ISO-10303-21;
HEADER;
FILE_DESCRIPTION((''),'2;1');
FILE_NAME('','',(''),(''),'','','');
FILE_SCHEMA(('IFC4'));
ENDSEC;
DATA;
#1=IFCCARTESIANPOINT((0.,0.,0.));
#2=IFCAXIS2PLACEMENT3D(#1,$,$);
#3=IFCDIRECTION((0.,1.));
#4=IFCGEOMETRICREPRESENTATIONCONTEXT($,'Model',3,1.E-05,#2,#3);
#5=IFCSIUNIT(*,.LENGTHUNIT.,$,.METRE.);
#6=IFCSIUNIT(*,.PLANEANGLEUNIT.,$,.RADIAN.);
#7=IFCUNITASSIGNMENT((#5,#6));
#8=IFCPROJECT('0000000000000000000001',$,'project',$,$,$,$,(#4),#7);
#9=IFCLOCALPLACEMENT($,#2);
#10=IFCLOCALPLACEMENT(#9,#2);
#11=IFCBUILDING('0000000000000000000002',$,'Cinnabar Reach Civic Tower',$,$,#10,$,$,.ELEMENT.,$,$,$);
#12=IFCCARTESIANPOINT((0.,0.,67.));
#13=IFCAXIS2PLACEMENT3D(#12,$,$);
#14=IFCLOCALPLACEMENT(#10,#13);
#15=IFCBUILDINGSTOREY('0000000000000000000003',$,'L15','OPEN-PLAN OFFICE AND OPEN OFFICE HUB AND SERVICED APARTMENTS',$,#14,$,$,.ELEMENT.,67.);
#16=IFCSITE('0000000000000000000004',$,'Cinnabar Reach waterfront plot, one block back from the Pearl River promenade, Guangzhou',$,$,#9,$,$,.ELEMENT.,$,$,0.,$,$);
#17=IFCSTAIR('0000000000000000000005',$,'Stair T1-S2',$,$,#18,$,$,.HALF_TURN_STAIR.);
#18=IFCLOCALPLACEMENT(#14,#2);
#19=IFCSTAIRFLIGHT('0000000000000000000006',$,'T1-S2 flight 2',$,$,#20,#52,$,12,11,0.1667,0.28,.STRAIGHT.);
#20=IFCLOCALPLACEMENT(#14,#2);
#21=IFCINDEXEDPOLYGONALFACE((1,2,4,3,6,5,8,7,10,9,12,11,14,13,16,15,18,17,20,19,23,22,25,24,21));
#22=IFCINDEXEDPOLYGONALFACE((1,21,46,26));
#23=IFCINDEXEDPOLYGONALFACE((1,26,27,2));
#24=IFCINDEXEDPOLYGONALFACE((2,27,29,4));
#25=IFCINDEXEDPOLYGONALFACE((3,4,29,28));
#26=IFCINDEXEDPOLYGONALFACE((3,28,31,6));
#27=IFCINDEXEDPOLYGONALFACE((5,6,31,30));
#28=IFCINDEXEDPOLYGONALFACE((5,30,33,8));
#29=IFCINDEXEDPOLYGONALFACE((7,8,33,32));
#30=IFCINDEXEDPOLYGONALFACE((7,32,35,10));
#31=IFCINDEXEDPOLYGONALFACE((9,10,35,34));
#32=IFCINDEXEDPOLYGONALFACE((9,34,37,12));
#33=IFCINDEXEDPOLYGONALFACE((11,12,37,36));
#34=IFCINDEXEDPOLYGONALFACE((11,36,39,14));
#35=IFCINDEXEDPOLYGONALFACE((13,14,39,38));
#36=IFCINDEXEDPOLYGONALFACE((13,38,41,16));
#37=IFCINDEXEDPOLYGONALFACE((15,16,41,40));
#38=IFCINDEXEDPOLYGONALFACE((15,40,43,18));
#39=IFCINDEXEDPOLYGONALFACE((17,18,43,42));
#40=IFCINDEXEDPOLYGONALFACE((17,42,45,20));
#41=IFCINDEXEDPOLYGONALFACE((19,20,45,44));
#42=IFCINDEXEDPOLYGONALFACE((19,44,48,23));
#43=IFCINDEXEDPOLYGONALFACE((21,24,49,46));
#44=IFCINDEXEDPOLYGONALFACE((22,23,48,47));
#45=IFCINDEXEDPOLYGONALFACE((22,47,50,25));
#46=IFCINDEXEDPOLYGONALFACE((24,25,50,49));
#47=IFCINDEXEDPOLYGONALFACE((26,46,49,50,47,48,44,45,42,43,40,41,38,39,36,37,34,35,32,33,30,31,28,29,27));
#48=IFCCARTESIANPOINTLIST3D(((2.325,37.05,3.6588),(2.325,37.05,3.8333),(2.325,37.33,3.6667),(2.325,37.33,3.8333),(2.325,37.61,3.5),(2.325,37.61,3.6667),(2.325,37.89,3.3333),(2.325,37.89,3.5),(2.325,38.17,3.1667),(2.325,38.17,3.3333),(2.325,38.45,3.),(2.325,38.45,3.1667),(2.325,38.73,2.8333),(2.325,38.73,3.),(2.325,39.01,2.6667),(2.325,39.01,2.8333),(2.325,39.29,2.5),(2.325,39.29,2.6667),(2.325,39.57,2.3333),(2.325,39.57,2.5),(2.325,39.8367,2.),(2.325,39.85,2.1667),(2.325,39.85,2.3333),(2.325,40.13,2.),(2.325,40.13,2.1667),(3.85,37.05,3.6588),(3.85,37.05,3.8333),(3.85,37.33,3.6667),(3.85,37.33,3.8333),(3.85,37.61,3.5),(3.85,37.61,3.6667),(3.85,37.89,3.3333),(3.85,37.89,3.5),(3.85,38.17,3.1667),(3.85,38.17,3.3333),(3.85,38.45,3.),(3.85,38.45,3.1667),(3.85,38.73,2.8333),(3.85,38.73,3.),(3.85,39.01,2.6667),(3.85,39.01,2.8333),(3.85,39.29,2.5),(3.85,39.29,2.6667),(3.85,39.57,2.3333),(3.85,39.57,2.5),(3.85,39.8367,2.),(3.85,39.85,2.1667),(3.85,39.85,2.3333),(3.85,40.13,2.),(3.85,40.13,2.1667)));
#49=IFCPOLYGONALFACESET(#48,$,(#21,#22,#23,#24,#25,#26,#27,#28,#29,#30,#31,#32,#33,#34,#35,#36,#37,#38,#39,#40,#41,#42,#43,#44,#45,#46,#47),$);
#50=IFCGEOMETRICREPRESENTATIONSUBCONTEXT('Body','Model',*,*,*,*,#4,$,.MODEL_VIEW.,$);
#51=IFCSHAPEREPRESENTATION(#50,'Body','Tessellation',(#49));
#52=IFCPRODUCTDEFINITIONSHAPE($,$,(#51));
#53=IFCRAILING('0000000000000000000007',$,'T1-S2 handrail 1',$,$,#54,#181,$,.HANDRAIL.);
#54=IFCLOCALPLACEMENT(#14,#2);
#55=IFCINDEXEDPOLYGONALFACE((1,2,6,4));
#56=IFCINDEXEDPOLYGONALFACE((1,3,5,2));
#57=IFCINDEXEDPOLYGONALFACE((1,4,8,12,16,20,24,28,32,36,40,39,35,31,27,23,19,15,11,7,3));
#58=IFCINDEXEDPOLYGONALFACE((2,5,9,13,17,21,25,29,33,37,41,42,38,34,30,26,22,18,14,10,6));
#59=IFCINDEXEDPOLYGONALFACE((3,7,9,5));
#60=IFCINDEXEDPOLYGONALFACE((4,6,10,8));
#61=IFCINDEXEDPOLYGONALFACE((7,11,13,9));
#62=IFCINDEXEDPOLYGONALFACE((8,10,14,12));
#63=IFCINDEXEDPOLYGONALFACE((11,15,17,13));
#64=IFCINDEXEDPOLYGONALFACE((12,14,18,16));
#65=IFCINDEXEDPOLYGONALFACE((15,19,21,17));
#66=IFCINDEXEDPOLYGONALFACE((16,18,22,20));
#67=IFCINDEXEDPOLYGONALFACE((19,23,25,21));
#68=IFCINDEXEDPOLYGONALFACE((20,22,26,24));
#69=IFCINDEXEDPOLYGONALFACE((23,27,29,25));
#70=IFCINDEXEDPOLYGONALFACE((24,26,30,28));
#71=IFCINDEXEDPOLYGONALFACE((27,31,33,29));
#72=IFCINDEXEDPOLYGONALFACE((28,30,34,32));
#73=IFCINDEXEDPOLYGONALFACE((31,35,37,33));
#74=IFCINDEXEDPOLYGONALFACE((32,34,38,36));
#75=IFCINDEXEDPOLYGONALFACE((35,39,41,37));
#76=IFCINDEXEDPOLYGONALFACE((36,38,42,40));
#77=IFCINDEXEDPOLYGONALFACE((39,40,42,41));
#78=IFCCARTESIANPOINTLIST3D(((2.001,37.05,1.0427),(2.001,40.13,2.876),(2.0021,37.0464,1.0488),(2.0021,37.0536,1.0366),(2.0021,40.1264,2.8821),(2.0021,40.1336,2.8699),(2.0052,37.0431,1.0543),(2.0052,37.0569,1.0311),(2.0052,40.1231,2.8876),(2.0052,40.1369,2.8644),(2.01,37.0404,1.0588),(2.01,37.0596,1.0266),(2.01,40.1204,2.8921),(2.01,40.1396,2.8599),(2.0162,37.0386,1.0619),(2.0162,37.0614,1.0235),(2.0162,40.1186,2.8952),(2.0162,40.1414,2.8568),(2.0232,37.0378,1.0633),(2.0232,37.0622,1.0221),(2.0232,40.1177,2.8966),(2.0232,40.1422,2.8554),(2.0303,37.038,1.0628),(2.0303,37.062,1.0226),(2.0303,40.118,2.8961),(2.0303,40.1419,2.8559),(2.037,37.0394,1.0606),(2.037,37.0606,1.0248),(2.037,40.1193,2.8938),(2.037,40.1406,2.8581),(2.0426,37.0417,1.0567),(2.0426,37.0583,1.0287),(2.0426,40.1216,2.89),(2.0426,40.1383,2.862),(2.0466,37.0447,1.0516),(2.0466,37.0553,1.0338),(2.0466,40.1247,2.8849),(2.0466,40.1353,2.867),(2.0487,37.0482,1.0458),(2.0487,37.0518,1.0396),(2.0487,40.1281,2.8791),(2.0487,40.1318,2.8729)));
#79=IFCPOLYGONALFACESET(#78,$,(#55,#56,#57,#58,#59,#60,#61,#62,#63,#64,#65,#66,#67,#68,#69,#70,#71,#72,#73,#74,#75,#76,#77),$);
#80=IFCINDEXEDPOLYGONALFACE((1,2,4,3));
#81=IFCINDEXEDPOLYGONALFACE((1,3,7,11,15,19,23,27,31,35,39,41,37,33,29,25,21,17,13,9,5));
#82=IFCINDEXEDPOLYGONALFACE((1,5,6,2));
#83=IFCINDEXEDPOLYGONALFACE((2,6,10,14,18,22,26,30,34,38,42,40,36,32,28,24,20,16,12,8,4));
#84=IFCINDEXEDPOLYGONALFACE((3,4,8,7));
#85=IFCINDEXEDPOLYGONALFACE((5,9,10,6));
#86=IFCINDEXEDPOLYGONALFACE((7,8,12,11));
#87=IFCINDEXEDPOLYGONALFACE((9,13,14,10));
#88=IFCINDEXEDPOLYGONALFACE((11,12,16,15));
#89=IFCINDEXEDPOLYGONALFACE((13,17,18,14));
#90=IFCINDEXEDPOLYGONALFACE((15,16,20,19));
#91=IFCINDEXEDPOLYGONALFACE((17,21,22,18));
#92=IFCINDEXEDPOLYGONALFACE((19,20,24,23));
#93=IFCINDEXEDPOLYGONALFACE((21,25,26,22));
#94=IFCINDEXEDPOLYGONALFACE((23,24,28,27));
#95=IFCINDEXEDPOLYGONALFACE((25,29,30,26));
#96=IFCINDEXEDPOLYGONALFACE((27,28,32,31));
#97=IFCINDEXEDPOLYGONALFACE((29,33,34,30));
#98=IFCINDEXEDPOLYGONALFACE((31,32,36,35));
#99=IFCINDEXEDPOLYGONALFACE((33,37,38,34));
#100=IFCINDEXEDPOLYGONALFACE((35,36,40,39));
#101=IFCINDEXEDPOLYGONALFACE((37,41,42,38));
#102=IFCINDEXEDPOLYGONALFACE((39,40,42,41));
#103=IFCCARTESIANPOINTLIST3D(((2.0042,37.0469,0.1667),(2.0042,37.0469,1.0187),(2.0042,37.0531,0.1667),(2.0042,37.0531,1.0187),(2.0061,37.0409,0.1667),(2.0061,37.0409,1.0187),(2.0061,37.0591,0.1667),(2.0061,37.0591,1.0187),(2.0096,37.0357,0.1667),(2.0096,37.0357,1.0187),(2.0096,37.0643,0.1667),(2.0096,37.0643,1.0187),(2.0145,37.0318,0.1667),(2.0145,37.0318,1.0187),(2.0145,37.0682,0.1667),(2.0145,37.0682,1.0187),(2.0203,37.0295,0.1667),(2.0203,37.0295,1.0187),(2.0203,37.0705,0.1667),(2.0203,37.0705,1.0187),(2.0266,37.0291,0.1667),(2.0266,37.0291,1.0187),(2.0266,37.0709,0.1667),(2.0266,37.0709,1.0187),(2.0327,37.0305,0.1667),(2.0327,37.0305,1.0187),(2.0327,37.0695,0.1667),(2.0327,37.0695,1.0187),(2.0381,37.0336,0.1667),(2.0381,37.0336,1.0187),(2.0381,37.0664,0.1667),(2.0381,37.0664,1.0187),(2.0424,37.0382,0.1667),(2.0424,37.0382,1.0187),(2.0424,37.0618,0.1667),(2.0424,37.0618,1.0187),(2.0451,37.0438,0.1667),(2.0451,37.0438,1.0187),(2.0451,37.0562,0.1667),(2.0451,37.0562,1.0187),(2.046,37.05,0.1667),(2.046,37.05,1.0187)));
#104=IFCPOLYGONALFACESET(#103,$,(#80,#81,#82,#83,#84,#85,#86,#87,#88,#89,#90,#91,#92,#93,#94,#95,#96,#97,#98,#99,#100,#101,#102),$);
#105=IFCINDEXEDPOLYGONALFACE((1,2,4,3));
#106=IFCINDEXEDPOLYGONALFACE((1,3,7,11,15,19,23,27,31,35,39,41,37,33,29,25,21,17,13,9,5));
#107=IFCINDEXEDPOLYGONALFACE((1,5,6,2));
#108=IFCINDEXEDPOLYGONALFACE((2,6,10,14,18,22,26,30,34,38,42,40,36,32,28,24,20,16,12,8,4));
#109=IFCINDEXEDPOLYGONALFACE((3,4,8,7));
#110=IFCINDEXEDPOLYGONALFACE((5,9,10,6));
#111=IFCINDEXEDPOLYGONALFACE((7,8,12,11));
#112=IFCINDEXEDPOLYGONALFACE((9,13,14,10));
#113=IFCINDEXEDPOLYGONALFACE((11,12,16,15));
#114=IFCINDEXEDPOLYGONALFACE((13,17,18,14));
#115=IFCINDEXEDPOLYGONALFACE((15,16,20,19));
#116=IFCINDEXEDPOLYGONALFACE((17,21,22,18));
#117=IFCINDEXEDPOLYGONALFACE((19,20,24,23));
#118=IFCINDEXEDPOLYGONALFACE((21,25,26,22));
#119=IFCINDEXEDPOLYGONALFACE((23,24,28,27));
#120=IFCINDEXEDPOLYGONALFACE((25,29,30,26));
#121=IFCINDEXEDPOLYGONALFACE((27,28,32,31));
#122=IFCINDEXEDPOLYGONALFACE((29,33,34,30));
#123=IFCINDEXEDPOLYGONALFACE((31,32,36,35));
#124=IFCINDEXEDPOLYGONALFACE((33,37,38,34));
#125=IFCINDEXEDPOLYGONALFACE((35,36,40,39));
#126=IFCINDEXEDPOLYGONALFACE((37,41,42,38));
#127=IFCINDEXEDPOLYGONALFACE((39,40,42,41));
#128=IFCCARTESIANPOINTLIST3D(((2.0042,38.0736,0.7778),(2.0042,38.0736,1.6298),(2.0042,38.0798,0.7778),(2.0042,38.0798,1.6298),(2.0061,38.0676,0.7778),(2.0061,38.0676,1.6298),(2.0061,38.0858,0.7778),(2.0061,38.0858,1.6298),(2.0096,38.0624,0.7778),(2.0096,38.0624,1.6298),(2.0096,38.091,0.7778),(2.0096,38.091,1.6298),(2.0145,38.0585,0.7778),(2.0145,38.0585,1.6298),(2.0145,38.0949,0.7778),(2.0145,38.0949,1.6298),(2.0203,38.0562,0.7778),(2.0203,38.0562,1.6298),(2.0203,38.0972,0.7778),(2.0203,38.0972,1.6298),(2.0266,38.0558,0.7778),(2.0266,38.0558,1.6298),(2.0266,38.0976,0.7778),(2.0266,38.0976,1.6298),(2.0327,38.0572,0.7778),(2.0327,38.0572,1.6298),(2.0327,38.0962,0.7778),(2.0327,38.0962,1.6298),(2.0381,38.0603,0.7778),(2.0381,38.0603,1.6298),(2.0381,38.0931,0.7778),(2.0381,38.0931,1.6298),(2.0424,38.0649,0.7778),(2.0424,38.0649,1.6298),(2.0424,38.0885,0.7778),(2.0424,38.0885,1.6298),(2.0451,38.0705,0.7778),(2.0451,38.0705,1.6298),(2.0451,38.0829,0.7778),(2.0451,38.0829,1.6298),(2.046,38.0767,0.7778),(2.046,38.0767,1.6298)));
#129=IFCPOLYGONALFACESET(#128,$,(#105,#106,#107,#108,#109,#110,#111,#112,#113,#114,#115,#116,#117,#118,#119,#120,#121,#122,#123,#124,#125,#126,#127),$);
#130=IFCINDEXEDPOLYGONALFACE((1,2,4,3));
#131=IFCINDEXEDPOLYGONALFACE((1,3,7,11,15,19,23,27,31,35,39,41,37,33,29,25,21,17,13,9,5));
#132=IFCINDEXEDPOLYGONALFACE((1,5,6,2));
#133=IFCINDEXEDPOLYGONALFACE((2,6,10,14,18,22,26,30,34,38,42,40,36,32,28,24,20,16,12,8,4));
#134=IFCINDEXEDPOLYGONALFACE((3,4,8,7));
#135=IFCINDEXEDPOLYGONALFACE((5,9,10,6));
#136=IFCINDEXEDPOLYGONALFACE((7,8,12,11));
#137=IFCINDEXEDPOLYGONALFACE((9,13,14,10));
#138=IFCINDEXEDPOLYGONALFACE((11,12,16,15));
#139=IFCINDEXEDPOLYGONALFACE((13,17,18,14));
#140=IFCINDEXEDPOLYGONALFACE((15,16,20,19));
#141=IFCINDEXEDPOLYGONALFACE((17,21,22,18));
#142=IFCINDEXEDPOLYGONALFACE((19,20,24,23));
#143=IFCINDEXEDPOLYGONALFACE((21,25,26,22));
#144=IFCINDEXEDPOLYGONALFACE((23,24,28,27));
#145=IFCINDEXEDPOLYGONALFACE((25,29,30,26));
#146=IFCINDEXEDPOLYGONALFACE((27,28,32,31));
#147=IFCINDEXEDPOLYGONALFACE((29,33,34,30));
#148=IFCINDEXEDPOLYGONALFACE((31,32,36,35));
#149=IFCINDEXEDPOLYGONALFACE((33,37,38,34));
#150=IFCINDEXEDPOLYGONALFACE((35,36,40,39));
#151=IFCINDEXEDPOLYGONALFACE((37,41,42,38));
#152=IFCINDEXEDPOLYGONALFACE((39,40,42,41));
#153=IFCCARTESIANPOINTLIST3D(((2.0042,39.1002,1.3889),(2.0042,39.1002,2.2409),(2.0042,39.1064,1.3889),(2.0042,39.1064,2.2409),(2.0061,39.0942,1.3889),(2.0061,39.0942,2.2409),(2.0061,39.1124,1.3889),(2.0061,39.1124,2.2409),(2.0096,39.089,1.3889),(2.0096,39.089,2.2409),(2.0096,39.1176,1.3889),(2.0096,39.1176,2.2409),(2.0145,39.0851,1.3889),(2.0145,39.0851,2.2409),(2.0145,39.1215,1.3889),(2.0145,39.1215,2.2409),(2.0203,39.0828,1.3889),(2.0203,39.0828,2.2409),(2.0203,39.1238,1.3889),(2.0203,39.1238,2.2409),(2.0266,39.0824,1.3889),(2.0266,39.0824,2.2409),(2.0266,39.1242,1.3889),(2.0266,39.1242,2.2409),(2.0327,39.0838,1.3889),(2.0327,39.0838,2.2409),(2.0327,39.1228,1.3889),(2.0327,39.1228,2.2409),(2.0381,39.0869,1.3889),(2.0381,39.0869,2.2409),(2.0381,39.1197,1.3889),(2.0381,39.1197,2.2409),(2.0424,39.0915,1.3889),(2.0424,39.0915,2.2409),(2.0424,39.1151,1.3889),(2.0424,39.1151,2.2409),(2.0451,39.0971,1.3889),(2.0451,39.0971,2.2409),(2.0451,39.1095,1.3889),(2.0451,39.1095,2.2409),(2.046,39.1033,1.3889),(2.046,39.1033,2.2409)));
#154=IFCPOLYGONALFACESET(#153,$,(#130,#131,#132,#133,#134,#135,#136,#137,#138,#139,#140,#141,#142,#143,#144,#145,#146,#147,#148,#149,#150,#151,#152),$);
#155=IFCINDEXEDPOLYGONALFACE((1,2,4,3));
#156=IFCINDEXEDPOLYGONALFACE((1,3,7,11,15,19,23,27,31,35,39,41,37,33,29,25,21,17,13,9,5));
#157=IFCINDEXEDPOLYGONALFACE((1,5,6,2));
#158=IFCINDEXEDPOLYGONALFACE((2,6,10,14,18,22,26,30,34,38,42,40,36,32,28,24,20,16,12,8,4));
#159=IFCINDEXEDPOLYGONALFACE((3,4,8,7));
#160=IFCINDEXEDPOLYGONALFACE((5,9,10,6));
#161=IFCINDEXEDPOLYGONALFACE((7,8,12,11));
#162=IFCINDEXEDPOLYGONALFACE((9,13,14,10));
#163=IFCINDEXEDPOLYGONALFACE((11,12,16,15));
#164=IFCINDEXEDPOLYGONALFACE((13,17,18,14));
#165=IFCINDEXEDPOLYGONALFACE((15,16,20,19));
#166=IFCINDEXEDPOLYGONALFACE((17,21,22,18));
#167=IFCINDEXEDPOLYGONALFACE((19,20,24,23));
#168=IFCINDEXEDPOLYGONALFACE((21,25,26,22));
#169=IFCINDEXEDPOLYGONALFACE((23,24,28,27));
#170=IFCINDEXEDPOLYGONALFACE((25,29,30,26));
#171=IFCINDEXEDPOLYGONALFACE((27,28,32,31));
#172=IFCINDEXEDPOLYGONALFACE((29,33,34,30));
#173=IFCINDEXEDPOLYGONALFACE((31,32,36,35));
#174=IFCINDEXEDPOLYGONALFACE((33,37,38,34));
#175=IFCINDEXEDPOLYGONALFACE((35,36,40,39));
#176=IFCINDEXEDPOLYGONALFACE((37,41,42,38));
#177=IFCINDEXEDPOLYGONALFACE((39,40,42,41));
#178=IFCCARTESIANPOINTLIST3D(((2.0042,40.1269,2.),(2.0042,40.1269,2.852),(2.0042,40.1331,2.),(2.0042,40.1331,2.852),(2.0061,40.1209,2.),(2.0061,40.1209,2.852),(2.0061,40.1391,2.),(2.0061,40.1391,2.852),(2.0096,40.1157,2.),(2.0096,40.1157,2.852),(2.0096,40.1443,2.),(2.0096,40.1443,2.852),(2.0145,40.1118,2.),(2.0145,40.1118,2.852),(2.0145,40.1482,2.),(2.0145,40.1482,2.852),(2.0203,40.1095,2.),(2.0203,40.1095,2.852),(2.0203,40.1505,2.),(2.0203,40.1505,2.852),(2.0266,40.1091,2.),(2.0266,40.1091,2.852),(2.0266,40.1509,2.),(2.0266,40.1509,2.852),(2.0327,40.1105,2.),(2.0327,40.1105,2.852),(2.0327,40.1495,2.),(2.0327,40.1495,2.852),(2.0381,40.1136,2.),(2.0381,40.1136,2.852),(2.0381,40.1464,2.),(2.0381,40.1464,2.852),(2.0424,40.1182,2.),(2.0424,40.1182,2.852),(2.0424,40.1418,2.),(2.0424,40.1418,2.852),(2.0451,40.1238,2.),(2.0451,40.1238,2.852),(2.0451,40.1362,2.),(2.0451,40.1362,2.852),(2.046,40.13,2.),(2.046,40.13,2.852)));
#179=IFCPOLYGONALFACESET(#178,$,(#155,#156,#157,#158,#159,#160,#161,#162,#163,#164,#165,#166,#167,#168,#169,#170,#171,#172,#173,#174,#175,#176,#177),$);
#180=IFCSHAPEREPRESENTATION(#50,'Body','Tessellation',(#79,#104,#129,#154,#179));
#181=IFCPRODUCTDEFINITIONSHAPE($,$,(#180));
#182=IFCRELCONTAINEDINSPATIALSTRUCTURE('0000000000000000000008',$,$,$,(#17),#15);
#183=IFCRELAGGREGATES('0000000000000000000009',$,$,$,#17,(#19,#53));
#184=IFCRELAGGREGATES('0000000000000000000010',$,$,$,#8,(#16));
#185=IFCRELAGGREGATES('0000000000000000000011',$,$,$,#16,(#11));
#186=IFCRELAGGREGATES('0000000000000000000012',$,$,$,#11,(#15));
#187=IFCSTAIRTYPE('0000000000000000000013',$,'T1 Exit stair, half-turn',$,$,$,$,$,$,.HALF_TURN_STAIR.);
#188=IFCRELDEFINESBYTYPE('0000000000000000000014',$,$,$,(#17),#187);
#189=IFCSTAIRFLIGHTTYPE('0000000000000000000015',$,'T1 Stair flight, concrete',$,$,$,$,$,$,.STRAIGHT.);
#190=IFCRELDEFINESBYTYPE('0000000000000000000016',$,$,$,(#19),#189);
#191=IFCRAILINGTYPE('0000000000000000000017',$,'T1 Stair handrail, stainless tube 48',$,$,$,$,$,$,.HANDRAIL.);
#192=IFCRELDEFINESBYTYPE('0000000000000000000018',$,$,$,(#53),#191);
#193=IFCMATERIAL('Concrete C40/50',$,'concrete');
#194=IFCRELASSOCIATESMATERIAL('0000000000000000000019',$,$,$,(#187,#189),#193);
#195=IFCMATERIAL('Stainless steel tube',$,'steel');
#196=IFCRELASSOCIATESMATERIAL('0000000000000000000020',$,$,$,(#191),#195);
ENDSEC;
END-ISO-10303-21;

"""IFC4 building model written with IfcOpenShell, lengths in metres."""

from ifc_helpers import new_model, si_unit, direction, frame, origin, origin_2d, place, context, subcontext, project, spatial, polyline, circle, outline, extrude, material, type_object, element, aggregate, save


model = new_model("IFC4")

# Units and contexts
model_context = context("Model", 3, precision=1e-05, world=origin(), true_north=direction((0.0, 1.0)))
body_context = subcontext(model_context, "Body", "Model", "MODEL_VIEW")
ifc_project = project(units=[si_unit("LENGTHUNIT", "METRE"), si_unit("PLANEANGLEUNIT", "RADIAN")], contexts=[model_context])

# Site, building, storey
site_placement = place(None, origin())
site = spatial("IfcSite", under=ifc_project, at=site_placement, Name="Cinnabar Reach waterfront plot, one block back from the Pearl River promenade, Guangzhou", CompositionType="ELEMENT", RefElevation=0.0)
building_placement = place(site_placement, origin())
building = spatial("IfcBuilding", under=site, at=building_placement, Name="Cinnabar Reach Civic Tower", CompositionType="ELEMENT")
storey_placement = place(building_placement, frame((0.0, 0.0, 67.0)))
storey = spatial("IfcBuildingStorey", under=building, at=storey_placement, Name="L15", Description="OPEN-PLAN OFFICE AND OPEN OFFICE HUB AND SERVICED APARTMENTS", CompositionType="ELEMENT", Elevation=67.0)

# Stair, stair flight, railing
ifc_material_1 = material(Name="Concrete C40/50", Category="concrete")
stair_type = type_object("IfcStairType", Name="T1 Exit stair, half-turn", PredefinedType="HALF_TURN_STAIR", material=ifc_material_1)
stair_placement = place(storey_placement, origin())
stair = element("IfcStair", 1, at=stair_placement, inside=storey, type_object=stair_type, Name="Stair T1-S2", PredefinedType="HALF_TURN_STAIR")
stair_flight_type = type_object("IfcStairFlightType", Name="T1 Stair flight, concrete", PredefinedType="STRAIGHT", material=ifc_material_1)
stair_flight_1_placement = place(storey_placement, frame((3.0875, 40.13, 2.0), z_axis=(0.0, 0.0, 1.0), x_axis=(0.0, -1.0, 0.0)))
stair_flight_1 = element("IfcStairFlight", 2, at=stair_flight_1_placement, type_object=stair_flight_type, Name="T1-S2 flight 2", NumberOfRisers=12, NumberOfTreads=11, PredefinedType="STRAIGHT", RiserHeight=0.1667, TreadLength=0.28, context=body_context, shape_type="SweptSolid", body=[
    extrude(outline(polyline([(0.0, 0.0), (0.0, 0.1667), (0.28, 0.1667), (0.28, 0.3333), (0.56, 0.3333), (0.56, 0.5), (0.84, 0.5), (0.84, 0.6667), (1.12, 0.6667), (1.12, 0.8333), (1.4, 0.8333), (1.4, 1.0), (1.68, 1.0), (1.68, 1.1667), (1.96, 1.1667), (1.96, 1.3333), (2.24, 1.3333), (2.24, 1.5), (2.52, 1.5), (2.52, 1.6667), (2.8, 1.6667), (2.8, 1.8333), (3.08, 1.8333), (3.08, 2.0), (3.08, 1.6588), (0.2933, 0.0), (0.0, 0.0)])), frame((0.0, 0.7625, 0.0), z_axis=(0.0, -1.0, 0.0), x_axis=(1.0, 0.0, 0.0)), (0.0, 0.0, 1.0), 1.525),
])
ifc_material_2 = material(Name="Stainless steel tube", Category="steel")
railing_type = type_object("IfcRailingType", Name="T1 Stair handrail, stainless tube 48", PredefinedType="HANDRAIL", material=ifc_material_2)
railing_1_placement = place(storey_placement, frame((2.025, 37.05, 0.1667)))
railing_1 = element("IfcRailing", 3, at=railing_1_placement, type_object=railing_type, Name="T1-S2 handrail 1", PredefinedType="HANDRAIL", context=body_context, shape_type="SweptSolid", body=[
    extrude(circle(Radius=0.024, at=origin_2d()), frame((0.0, 0.0, 0.876), z_axis=(0.0, 0.859297, 0.511477), x_axis=(-1.0, 0.0, 0.0)), (0.0, 0.0, 1.0), 3.5843),
    extrude(circle(Radius=0.021, at=origin_2d()), origin(), (0.0, 0.0, 1.0), 0.852),
    extrude(circle(Radius=0.021, at=origin_2d()), frame((0.0, 1.0267, 0.6111)), (0.0, 0.0, 1.0), 0.852),
    extrude(circle(Radius=0.021, at=origin_2d()), frame((0.0, 2.0533, 1.2222)), (0.0, 0.0, 1.0), 0.852),
    extrude(circle(Radius=0.021, at=origin_2d()), frame((0.0, 3.08, 1.8333)), (0.0, 0.0, 1.0), 0.852),
])
aggregate(stair, [stair_flight_1, railing_1])

save(model, "model.ifc")
